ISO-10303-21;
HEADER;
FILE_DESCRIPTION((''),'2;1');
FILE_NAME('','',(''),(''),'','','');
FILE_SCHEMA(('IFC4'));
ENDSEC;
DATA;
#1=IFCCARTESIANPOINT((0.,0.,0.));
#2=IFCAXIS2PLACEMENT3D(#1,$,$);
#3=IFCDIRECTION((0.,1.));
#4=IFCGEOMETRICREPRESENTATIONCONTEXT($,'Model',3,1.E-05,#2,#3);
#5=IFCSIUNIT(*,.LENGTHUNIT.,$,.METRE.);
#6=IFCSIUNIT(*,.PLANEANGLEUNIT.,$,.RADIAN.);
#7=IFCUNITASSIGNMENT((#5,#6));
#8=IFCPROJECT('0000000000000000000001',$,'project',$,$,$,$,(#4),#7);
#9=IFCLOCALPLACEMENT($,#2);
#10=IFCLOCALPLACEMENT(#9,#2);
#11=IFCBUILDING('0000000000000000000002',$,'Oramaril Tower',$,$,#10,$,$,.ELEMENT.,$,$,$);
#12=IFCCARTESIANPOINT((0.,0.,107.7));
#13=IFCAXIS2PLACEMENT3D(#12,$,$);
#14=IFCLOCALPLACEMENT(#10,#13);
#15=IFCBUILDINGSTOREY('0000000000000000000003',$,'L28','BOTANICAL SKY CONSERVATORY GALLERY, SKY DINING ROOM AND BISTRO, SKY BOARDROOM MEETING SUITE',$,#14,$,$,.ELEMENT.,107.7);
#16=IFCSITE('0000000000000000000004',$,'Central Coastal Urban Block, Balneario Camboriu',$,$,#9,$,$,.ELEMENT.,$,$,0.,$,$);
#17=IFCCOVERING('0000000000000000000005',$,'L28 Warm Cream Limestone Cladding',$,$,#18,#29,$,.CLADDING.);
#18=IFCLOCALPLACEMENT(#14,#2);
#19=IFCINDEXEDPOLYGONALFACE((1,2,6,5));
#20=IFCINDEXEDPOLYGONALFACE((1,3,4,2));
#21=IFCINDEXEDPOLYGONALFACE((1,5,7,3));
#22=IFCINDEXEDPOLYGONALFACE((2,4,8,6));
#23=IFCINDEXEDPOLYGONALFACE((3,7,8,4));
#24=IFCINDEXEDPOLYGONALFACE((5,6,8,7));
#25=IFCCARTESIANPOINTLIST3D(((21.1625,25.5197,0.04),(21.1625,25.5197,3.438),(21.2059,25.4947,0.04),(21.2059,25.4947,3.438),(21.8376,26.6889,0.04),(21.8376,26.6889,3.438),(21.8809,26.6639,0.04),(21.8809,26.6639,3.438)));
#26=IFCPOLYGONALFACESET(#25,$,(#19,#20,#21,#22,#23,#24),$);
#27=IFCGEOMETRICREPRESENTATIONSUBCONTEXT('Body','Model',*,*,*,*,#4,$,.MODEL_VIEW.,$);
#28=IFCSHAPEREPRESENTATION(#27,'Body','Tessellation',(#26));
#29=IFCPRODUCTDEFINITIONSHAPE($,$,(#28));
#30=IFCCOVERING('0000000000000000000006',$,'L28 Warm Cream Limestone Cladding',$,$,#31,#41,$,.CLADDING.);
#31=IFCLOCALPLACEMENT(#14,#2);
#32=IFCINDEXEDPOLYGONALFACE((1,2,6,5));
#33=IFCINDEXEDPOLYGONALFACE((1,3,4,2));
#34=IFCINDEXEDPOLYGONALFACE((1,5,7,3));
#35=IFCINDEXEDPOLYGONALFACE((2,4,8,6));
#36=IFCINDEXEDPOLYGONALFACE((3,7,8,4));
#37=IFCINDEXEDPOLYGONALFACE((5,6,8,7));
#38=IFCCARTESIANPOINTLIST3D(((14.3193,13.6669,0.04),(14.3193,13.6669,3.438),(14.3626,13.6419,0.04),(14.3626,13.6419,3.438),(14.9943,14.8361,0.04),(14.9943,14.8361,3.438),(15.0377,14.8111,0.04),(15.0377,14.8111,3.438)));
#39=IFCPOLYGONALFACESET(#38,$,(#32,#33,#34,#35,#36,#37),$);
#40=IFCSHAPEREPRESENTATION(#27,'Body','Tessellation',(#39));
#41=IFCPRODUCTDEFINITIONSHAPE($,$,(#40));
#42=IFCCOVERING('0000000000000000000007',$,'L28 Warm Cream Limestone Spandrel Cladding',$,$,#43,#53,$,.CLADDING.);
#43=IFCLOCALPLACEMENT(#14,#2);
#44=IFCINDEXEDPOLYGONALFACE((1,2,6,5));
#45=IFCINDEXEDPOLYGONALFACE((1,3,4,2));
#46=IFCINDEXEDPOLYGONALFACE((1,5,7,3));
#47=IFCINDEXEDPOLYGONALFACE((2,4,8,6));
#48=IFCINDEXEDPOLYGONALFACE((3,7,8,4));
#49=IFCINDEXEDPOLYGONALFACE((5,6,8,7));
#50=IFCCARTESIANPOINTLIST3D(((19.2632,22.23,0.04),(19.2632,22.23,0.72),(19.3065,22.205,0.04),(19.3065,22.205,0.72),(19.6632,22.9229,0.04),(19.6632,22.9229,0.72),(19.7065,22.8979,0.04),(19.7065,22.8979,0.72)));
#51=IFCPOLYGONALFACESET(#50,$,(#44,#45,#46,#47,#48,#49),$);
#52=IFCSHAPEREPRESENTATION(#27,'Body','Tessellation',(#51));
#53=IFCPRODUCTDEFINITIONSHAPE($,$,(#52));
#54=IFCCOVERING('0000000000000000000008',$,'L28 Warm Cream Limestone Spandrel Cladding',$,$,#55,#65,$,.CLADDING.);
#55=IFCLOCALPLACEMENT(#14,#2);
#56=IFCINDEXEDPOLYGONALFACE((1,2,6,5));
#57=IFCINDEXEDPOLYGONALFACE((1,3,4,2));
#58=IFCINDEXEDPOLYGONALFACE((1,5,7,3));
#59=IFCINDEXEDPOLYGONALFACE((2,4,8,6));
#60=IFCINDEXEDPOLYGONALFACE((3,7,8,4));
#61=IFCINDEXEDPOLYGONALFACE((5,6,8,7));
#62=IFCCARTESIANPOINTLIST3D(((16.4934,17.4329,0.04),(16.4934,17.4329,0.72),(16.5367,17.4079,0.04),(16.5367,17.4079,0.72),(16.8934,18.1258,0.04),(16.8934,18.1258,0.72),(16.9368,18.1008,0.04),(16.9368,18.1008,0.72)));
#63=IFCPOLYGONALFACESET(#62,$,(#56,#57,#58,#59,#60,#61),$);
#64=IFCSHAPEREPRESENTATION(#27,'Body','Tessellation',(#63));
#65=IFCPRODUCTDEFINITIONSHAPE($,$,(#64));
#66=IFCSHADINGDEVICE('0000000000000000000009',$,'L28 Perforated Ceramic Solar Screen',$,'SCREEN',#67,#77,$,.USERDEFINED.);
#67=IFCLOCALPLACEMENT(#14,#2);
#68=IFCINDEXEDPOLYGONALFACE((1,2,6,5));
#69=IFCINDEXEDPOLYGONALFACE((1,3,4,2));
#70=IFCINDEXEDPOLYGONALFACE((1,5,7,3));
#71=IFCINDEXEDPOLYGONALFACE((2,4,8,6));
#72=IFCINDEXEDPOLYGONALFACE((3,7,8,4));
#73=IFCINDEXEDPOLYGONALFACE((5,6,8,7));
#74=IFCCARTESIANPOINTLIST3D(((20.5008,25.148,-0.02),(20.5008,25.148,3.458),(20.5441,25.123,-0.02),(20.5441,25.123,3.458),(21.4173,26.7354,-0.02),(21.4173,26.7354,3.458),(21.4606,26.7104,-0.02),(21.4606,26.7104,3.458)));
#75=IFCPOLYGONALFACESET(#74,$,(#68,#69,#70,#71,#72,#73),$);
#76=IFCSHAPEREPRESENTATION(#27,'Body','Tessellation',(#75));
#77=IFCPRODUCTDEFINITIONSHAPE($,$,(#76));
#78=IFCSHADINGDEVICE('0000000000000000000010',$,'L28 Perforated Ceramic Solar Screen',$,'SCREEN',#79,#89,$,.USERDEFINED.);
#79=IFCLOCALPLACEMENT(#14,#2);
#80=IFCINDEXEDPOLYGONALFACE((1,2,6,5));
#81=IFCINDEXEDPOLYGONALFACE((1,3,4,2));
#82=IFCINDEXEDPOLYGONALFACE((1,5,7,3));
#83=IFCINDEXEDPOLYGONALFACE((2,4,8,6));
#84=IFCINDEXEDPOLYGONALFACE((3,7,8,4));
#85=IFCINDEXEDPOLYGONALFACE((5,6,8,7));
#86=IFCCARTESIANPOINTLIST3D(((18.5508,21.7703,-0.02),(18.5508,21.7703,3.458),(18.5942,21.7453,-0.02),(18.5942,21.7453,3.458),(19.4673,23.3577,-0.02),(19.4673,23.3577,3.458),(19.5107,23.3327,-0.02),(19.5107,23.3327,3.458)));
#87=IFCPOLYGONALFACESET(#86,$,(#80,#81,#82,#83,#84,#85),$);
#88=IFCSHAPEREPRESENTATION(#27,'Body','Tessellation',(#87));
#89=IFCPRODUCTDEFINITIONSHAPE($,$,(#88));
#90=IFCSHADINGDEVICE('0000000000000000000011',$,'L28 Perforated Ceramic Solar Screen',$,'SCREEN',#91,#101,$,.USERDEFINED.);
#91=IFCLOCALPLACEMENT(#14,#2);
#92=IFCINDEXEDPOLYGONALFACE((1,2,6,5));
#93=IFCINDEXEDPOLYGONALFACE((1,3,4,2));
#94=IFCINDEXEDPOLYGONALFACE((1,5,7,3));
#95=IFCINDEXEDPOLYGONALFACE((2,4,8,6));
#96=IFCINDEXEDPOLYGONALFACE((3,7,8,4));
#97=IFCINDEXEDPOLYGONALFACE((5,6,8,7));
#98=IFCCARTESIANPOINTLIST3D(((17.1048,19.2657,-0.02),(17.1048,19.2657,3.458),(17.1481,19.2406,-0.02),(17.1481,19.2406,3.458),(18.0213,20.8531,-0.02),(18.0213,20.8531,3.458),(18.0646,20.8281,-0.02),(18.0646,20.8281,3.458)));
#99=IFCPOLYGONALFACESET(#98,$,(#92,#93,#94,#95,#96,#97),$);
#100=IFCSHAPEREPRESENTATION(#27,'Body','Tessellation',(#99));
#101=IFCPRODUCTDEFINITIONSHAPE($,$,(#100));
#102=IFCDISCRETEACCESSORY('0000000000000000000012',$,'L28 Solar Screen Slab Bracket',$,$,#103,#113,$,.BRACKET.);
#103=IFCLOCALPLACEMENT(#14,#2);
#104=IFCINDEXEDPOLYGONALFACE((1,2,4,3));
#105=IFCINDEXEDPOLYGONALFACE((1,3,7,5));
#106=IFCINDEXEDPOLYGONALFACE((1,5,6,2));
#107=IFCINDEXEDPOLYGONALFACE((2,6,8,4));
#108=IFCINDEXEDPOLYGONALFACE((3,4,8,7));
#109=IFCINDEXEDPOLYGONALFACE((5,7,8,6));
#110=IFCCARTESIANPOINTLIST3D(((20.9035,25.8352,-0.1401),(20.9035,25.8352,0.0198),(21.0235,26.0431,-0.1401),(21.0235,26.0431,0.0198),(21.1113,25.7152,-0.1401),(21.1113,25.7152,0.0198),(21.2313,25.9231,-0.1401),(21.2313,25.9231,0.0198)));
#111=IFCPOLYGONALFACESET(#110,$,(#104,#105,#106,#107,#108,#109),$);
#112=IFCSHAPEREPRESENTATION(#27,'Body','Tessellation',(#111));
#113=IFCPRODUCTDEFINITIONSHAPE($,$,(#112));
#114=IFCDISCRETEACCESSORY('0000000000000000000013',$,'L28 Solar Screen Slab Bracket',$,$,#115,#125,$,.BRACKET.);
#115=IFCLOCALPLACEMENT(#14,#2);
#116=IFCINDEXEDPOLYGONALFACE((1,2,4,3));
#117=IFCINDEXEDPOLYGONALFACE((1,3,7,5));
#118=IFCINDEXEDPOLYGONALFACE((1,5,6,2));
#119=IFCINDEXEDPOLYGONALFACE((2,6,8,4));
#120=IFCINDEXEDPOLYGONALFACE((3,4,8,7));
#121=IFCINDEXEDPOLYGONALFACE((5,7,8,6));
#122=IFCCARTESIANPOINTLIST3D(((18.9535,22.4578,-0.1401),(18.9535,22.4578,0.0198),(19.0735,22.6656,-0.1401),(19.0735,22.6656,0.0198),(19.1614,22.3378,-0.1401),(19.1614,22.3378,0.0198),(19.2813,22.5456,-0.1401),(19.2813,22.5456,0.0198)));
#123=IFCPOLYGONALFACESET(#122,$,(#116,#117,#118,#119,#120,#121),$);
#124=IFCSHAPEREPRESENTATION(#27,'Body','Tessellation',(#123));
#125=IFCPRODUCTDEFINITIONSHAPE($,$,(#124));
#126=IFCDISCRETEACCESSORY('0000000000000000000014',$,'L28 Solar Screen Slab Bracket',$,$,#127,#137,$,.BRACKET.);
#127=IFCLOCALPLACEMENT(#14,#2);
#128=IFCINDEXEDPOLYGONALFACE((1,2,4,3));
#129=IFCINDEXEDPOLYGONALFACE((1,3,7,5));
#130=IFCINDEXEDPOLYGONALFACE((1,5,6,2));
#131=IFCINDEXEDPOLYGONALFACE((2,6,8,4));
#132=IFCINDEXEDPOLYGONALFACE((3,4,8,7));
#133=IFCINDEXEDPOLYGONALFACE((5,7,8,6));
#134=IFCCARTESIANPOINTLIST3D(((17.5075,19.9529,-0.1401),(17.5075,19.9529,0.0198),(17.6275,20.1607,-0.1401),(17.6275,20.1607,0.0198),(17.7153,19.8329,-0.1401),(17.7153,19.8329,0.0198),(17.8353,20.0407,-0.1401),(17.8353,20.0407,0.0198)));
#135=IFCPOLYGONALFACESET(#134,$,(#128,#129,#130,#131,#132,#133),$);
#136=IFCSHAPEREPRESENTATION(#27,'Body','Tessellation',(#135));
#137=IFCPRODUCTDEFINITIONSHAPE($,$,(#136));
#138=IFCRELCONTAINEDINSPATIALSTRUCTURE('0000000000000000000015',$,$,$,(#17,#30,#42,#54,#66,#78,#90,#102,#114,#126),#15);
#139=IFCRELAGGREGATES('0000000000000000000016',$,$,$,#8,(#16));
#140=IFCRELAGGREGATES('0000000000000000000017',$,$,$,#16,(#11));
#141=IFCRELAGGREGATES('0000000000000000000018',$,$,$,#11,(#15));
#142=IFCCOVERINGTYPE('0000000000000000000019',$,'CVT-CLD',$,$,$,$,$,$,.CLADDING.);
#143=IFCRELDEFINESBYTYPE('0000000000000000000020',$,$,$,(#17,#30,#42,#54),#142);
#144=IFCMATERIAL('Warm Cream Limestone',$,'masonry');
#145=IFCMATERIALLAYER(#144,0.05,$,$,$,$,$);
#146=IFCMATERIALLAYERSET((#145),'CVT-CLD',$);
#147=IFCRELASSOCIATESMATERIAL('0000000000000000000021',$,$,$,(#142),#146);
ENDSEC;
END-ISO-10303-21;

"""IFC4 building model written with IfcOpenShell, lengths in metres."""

from ifc_helpers import new_model, si_unit, direction, frame, origin, origin_2d, place, context, subcontext, project, spatial, rectangle, extrude, material, layer, layer_set, type_object, element, save


model = new_model("IFC4")

# Units and contexts
model_context = context("Model", 3, precision=1e-05, world=origin(), true_north=direction((0.0, 1.0)))
body_context = subcontext(model_context, "Body", "Model", "MODEL_VIEW")
ifc_project = project(units=[si_unit("LENGTHUNIT", "METRE"), si_unit("PLANEANGLEUNIT", "RADIAN")], contexts=[model_context])

# Site, building, storey
site_placement = place(None, origin())
site = spatial("IfcSite", under=ifc_project, at=site_placement, Name="Central Coastal Urban Block, Balneario Camboriu", CompositionType="ELEMENT", RefElevation=0.0)
building_placement = place(site_placement, origin())
building = spatial("IfcBuilding", under=site, at=building_placement, Name="Oramaril Tower", CompositionType="ELEMENT")
storey_placement = place(building_placement, frame((0.0, 0.0, 107.7)))
storey = spatial("IfcBuildingStorey", under=building, at=storey_placement, Name="L28", Description="BOTANICAL SKY CONSERVATORY GALLERY, SKY DINING ROOM AND BISTRO, SKY BOARDROOM MEETING SUITE", CompositionType="ELEMENT", Elevation=107.7)

# Coverings
ifc_material_1 = material(Name="Warm Cream Limestone", Category="masonry")
ifc_layer_1 = layer(ifc_material_1, 0.05)
ifc_layer_set_1 = layer_set([ifc_layer_1], Name="CVT-CLD")
covering_type = type_object("IfcCoveringType", Name="CVT-CLD", PredefinedType="CLADDING", material=ifc_layer_set_1)
for number, where, z_axis, x_axis, name in (
    (1, (21.5217, 26.0918, 0.04), (0.0, 0.0, 1.0), (-0.499998, -0.866026, 0.0), "L28 Warm Cream Limestone Cladding"),
    (2, (14.6785, 14.239, 0.04), (0.0, 0.0, 1.0), (-0.499998, -0.866026, 0.0), "L28 Warm Cream Limestone Cladding"),
):
    element("IfcCovering", number, at=place(storey_placement, frame(where, z_axis=z_axis, x_axis=x_axis)), inside=storey, type_object=covering_type, Name=name, PredefinedType="CLADDING", context=body_context, shape_type="SweptSolid", body=[
        extrude(rectangle(XDim=1.3501, YDim=0.05, at=origin_2d()), origin(), (0.0, 0.0, 1.0), 3.3979),
    ])
for number, where, z_axis, x_axis, name in (
    (3, (19.4849, 22.564, 0.04), (0.0, 0.0, 1.0), (-0.499998, -0.866026, 0.0), "L28 Warm Cream Limestone Spandrel Cladding"),
    (4, (16.7151, 17.7668, 0.04), (0.0, 0.0, 1.0), (-0.499998, -0.866026, 0.0), "L28 Warm Cream Limestone Spandrel Cladding"),
):
    element("IfcCovering", number, at=place(storey_placement, frame(where, z_axis=z_axis, x_axis=x_axis)), inside=storey, type_object=covering_type, Name=name, PredefinedType="CLADDING", context=body_context, shape_type="SweptSolid", body=[
        extrude(rectangle(XDim=0.8, YDim=0.05, at=origin_2d()), origin(), (0.0, 0.0, 1.0), 0.6799),
    ])

# Shading devices
for number, where, z_axis, x_axis, name in (
    (5, (20.9807, 25.9292, -0.02), (0.0, 0.0, 1.0), (-0.5, -0.866025, 0.0), "L28 Perforated Ceramic Solar Screen"),
    (6, (19.0308, 22.5515, -0.02), (0.0, 0.0, 1.0), (-0.5, -0.866025, 0.0), "L28 Perforated Ceramic Solar Screen"),
    (7, (17.5847, 20.0469, -0.02), (0.0, 0.0, 1.0), (-0.5, -0.866025, 0.0), "L28 Perforated Ceramic Solar Screen"),
):
    element("IfcShadingDevice", number, at=place(storey_placement, frame(where, z_axis=z_axis, x_axis=x_axis)), inside=storey, Name=name, ObjectType="SCREEN", PredefinedType="USERDEFINED", context=body_context, shape_type="SweptSolid", body=[
        extrude(rectangle(XDim=1.833, YDim=0.05, at=origin_2d()), origin(), (0.0, 0.0, 1.0), 3.478),
    ])

# Discrete accessories
for number, where, z_axis, x_axis, name in (
    (8, (21.0674, 25.8792, -0.1401), (0.0, 0.0, 1.0), (-0.5, -0.866025, 0.0), "L28 Solar Screen Slab Bracket"),
    (9, (19.1174, 22.5017, -0.1401), (0.0, 0.0, 1.0), (-0.5, -0.866025, 0.0), "L28 Solar Screen Slab Bracket"),
    (10, (17.6714, 19.9968, -0.1401), (0.0, 0.0, 1.0), (-0.5, -0.866025, 0.0), "L28 Solar Screen Slab Bracket"),
):
    element("IfcDiscreteAccessory", number, at=place(storey_placement, frame(where, z_axis=z_axis, x_axis=x_axis)), inside=storey, Name=name, PredefinedType="BRACKET", context=body_context, shape_type="SweptSolid", body=[
        extrude(rectangle(XDim=0.24, YDim=0.24, at=origin_2d()), origin(), (0.0, 0.0, 1.0), 0.1599),
    ])

save(model, "model.ifc")
